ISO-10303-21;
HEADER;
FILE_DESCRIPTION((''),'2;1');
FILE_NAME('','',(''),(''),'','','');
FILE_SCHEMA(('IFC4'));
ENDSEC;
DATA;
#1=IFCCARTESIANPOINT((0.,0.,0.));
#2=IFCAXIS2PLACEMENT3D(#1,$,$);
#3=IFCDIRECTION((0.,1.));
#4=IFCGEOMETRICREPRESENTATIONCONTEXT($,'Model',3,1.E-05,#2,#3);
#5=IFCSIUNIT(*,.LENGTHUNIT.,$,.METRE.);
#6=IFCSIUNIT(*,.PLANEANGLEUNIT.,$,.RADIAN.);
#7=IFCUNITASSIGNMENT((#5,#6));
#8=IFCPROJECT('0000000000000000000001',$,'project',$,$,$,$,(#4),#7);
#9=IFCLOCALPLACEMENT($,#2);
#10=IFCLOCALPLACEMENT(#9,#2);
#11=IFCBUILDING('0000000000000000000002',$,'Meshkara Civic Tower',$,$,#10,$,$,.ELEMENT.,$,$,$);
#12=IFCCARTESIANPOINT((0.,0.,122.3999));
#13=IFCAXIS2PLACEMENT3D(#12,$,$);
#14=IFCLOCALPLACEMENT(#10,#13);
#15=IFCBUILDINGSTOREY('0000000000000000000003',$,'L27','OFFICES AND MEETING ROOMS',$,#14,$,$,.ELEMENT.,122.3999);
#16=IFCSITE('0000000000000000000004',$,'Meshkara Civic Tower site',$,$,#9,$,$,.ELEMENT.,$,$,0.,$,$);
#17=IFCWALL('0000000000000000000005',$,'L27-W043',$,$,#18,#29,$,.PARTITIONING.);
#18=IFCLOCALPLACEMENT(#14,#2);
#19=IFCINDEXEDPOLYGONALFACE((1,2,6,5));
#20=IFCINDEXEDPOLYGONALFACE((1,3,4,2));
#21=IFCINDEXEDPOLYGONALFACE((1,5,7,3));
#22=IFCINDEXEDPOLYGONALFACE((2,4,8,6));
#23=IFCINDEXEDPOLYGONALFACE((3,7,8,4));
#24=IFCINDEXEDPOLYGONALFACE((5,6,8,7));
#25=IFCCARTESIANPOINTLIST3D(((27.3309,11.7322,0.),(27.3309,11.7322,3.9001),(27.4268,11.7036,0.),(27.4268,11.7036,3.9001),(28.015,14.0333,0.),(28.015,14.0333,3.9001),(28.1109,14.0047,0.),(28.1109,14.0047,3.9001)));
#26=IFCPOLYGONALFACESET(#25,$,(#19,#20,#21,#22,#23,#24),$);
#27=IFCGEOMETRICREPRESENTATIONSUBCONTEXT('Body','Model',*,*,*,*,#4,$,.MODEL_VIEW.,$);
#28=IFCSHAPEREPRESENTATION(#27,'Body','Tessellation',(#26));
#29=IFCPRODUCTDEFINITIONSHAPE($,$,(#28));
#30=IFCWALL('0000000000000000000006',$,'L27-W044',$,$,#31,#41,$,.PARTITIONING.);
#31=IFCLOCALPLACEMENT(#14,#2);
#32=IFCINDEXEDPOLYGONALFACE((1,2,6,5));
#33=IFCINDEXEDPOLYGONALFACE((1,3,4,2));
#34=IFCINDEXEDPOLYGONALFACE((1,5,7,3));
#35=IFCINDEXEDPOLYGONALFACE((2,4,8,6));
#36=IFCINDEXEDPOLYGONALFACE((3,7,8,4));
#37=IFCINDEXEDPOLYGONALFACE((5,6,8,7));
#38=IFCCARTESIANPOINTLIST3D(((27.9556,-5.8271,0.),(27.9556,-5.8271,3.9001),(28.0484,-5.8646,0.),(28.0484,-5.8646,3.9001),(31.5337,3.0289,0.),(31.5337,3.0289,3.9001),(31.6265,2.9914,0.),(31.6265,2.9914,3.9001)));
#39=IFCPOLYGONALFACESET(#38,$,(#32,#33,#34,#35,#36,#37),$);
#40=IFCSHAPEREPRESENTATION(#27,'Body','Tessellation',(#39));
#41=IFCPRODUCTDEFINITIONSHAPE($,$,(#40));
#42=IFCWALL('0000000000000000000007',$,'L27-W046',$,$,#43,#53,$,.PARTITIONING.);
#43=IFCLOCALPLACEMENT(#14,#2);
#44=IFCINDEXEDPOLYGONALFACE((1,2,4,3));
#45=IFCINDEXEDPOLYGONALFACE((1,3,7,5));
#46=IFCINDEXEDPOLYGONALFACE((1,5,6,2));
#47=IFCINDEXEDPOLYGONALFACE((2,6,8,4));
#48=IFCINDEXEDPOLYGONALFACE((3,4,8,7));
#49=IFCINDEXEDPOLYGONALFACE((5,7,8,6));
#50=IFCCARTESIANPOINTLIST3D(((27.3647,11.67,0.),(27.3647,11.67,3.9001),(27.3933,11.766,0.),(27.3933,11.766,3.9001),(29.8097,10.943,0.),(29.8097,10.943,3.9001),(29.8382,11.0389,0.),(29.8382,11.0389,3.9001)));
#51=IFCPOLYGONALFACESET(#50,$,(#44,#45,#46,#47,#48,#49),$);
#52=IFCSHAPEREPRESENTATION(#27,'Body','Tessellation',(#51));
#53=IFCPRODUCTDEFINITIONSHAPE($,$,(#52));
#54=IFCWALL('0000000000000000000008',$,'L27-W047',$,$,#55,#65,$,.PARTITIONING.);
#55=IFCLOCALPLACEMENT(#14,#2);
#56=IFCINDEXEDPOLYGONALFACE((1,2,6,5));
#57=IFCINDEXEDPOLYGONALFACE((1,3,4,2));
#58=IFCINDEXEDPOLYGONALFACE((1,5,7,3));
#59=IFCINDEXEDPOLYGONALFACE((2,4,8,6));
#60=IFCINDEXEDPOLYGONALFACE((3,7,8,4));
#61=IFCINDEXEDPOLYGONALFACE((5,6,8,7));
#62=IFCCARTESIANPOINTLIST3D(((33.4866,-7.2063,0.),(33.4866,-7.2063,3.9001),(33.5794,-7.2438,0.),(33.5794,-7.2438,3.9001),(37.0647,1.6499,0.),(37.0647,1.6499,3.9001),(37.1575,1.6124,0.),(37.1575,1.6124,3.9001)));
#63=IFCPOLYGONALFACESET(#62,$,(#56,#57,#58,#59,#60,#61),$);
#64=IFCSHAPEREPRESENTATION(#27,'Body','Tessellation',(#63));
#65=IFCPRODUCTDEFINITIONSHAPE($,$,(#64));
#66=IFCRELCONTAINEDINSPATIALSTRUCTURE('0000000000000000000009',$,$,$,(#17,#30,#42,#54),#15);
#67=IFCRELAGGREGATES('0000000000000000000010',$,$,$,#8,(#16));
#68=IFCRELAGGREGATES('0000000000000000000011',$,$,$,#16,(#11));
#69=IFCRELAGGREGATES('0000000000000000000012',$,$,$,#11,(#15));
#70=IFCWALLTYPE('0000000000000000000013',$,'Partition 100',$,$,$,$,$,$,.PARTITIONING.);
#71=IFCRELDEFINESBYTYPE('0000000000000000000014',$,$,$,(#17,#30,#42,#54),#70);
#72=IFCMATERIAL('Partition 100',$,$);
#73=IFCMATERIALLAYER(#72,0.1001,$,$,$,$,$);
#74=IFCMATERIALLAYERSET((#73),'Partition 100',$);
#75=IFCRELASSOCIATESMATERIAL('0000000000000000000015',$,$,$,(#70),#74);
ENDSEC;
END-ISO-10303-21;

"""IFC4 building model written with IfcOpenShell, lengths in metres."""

from ifc_helpers import new_model, si_unit, direction, frame, frame_2d, origin, place, context, subcontext, project, spatial, rectangle, extrude, material, layer, layer_set, type_object, element, save


model = new_model("IFC4")

# Units and contexts
model_context = context("Model", 3, precision=1e-05, world=origin(), true_north=direction((0.0, 1.0)))
body_context = subcontext(model_context, "Body", "Model", "MODEL_VIEW")
ifc_project = project(units=[si_unit("LENGTHUNIT", "METRE"), si_unit("PLANEANGLEUNIT", "RADIAN")], contexts=[model_context])

# Site, building, storey
site_placement = place(None, origin())
site = spatial("IfcSite", under=ifc_project, at=site_placement, Name="Meshkara Civic Tower site", CompositionType="ELEMENT", RefElevation=0.0)
building_placement = place(site_placement, origin())
building = spatial("IfcBuilding", under=site, at=building_placement, Name="Meshkara Civic Tower", CompositionType="ELEMENT")
storey_placement = place(building_placement, frame((0.0, 0.0, 122.3999)))
storey = spatial("IfcBuildingStorey", under=building, at=storey_placement, Name="L27", Description="OFFICES AND MEETING ROOMS", CompositionType="ELEMENT", Elevation=122.3999)

# Walls
ifc_material_1 = material(Name="Partition 100")
ifc_layer_1 = layer(ifc_material_1, 0.1001)
ifc_layer_set_1 = layer_set([ifc_layer_1], Name="Partition 100")
wall_type_1 = type_object("IfcWallType", Name="Partition 100", PredefinedType="PARTITIONING", material=ifc_layer_set_1)
wall_1_placement = place(storey_placement, frame((27.3789, 11.718, 0.0), z_axis=(0.0, 0.0, 1.0), x_axis=(0.284968, 0.958537, 0.0)))
element("IfcWall", 1, at=wall_1_placement, inside=storey, type_object=wall_type_1, Name="L27-W043", PredefinedType="PARTITIONING", context=body_context, shape_type="SweptSolid", body=[
    extrude(rectangle(XDim=2.4006, YDim=0.1001, at=frame_2d((1.2002, 0.0))), origin(), (0.0, 0.0, 1.0), 3.9001),
])
wall_2_placement = place(storey_placement, frame((28.002, -5.8459, 0.0), z_axis=(0.0, 0.0, 1.0), x_axis=(0.374614, 0.927181, 0.0)))
element("IfcWall", 2, at=wall_2_placement, inside=storey, type_object=wall_type_1, Name="L27-W044", PredefinedType="PARTITIONING", context=body_context, shape_type="SweptSolid", body=[
    extrude(rectangle(XDim=9.5515, YDim=0.1001, at=frame_2d((4.7759, 0.0))), origin(), (0.0, 0.0, 1.0), 3.9001),
])
wall_3_placement = place(storey_placement, frame((29.824, 10.991, 0.0), z_axis=(0.0, 0.0, 1.0), x_axis=(-0.958522, 0.28502, 0.0)))
element("IfcWall", 3, at=wall_3_placement, inside=storey, type_object=wall_type_1, Name="L27-W046", PredefinedType="PARTITIONING", context=body_context, shape_type="SweptSolid", body=[
    extrude(rectangle(XDim=2.5508, YDim=0.1001, at=frame_2d((1.2754, 0.0))), origin(), (0.0, 0.0, 1.0), 3.9001),
])
wall_4_placement = place(storey_placement, frame((33.533, -7.2251, 0.0), z_axis=(0.0, 0.0, 1.0), x_axis=(0.374605, 0.927184, 0.0)))
element("IfcWall", 4, at=wall_4_placement, inside=storey, type_object=wall_type_1, Name="L27-W047", PredefinedType="PARTITIONING", context=body_context, shape_type="SweptSolid", body=[
    extrude(rectangle(XDim=9.5518, YDim=0.1001, at=frame_2d((4.7759, 0.0))), origin(), (0.0, 0.0, 1.0), 3.9001),
])

save(model, "model.ifc")
